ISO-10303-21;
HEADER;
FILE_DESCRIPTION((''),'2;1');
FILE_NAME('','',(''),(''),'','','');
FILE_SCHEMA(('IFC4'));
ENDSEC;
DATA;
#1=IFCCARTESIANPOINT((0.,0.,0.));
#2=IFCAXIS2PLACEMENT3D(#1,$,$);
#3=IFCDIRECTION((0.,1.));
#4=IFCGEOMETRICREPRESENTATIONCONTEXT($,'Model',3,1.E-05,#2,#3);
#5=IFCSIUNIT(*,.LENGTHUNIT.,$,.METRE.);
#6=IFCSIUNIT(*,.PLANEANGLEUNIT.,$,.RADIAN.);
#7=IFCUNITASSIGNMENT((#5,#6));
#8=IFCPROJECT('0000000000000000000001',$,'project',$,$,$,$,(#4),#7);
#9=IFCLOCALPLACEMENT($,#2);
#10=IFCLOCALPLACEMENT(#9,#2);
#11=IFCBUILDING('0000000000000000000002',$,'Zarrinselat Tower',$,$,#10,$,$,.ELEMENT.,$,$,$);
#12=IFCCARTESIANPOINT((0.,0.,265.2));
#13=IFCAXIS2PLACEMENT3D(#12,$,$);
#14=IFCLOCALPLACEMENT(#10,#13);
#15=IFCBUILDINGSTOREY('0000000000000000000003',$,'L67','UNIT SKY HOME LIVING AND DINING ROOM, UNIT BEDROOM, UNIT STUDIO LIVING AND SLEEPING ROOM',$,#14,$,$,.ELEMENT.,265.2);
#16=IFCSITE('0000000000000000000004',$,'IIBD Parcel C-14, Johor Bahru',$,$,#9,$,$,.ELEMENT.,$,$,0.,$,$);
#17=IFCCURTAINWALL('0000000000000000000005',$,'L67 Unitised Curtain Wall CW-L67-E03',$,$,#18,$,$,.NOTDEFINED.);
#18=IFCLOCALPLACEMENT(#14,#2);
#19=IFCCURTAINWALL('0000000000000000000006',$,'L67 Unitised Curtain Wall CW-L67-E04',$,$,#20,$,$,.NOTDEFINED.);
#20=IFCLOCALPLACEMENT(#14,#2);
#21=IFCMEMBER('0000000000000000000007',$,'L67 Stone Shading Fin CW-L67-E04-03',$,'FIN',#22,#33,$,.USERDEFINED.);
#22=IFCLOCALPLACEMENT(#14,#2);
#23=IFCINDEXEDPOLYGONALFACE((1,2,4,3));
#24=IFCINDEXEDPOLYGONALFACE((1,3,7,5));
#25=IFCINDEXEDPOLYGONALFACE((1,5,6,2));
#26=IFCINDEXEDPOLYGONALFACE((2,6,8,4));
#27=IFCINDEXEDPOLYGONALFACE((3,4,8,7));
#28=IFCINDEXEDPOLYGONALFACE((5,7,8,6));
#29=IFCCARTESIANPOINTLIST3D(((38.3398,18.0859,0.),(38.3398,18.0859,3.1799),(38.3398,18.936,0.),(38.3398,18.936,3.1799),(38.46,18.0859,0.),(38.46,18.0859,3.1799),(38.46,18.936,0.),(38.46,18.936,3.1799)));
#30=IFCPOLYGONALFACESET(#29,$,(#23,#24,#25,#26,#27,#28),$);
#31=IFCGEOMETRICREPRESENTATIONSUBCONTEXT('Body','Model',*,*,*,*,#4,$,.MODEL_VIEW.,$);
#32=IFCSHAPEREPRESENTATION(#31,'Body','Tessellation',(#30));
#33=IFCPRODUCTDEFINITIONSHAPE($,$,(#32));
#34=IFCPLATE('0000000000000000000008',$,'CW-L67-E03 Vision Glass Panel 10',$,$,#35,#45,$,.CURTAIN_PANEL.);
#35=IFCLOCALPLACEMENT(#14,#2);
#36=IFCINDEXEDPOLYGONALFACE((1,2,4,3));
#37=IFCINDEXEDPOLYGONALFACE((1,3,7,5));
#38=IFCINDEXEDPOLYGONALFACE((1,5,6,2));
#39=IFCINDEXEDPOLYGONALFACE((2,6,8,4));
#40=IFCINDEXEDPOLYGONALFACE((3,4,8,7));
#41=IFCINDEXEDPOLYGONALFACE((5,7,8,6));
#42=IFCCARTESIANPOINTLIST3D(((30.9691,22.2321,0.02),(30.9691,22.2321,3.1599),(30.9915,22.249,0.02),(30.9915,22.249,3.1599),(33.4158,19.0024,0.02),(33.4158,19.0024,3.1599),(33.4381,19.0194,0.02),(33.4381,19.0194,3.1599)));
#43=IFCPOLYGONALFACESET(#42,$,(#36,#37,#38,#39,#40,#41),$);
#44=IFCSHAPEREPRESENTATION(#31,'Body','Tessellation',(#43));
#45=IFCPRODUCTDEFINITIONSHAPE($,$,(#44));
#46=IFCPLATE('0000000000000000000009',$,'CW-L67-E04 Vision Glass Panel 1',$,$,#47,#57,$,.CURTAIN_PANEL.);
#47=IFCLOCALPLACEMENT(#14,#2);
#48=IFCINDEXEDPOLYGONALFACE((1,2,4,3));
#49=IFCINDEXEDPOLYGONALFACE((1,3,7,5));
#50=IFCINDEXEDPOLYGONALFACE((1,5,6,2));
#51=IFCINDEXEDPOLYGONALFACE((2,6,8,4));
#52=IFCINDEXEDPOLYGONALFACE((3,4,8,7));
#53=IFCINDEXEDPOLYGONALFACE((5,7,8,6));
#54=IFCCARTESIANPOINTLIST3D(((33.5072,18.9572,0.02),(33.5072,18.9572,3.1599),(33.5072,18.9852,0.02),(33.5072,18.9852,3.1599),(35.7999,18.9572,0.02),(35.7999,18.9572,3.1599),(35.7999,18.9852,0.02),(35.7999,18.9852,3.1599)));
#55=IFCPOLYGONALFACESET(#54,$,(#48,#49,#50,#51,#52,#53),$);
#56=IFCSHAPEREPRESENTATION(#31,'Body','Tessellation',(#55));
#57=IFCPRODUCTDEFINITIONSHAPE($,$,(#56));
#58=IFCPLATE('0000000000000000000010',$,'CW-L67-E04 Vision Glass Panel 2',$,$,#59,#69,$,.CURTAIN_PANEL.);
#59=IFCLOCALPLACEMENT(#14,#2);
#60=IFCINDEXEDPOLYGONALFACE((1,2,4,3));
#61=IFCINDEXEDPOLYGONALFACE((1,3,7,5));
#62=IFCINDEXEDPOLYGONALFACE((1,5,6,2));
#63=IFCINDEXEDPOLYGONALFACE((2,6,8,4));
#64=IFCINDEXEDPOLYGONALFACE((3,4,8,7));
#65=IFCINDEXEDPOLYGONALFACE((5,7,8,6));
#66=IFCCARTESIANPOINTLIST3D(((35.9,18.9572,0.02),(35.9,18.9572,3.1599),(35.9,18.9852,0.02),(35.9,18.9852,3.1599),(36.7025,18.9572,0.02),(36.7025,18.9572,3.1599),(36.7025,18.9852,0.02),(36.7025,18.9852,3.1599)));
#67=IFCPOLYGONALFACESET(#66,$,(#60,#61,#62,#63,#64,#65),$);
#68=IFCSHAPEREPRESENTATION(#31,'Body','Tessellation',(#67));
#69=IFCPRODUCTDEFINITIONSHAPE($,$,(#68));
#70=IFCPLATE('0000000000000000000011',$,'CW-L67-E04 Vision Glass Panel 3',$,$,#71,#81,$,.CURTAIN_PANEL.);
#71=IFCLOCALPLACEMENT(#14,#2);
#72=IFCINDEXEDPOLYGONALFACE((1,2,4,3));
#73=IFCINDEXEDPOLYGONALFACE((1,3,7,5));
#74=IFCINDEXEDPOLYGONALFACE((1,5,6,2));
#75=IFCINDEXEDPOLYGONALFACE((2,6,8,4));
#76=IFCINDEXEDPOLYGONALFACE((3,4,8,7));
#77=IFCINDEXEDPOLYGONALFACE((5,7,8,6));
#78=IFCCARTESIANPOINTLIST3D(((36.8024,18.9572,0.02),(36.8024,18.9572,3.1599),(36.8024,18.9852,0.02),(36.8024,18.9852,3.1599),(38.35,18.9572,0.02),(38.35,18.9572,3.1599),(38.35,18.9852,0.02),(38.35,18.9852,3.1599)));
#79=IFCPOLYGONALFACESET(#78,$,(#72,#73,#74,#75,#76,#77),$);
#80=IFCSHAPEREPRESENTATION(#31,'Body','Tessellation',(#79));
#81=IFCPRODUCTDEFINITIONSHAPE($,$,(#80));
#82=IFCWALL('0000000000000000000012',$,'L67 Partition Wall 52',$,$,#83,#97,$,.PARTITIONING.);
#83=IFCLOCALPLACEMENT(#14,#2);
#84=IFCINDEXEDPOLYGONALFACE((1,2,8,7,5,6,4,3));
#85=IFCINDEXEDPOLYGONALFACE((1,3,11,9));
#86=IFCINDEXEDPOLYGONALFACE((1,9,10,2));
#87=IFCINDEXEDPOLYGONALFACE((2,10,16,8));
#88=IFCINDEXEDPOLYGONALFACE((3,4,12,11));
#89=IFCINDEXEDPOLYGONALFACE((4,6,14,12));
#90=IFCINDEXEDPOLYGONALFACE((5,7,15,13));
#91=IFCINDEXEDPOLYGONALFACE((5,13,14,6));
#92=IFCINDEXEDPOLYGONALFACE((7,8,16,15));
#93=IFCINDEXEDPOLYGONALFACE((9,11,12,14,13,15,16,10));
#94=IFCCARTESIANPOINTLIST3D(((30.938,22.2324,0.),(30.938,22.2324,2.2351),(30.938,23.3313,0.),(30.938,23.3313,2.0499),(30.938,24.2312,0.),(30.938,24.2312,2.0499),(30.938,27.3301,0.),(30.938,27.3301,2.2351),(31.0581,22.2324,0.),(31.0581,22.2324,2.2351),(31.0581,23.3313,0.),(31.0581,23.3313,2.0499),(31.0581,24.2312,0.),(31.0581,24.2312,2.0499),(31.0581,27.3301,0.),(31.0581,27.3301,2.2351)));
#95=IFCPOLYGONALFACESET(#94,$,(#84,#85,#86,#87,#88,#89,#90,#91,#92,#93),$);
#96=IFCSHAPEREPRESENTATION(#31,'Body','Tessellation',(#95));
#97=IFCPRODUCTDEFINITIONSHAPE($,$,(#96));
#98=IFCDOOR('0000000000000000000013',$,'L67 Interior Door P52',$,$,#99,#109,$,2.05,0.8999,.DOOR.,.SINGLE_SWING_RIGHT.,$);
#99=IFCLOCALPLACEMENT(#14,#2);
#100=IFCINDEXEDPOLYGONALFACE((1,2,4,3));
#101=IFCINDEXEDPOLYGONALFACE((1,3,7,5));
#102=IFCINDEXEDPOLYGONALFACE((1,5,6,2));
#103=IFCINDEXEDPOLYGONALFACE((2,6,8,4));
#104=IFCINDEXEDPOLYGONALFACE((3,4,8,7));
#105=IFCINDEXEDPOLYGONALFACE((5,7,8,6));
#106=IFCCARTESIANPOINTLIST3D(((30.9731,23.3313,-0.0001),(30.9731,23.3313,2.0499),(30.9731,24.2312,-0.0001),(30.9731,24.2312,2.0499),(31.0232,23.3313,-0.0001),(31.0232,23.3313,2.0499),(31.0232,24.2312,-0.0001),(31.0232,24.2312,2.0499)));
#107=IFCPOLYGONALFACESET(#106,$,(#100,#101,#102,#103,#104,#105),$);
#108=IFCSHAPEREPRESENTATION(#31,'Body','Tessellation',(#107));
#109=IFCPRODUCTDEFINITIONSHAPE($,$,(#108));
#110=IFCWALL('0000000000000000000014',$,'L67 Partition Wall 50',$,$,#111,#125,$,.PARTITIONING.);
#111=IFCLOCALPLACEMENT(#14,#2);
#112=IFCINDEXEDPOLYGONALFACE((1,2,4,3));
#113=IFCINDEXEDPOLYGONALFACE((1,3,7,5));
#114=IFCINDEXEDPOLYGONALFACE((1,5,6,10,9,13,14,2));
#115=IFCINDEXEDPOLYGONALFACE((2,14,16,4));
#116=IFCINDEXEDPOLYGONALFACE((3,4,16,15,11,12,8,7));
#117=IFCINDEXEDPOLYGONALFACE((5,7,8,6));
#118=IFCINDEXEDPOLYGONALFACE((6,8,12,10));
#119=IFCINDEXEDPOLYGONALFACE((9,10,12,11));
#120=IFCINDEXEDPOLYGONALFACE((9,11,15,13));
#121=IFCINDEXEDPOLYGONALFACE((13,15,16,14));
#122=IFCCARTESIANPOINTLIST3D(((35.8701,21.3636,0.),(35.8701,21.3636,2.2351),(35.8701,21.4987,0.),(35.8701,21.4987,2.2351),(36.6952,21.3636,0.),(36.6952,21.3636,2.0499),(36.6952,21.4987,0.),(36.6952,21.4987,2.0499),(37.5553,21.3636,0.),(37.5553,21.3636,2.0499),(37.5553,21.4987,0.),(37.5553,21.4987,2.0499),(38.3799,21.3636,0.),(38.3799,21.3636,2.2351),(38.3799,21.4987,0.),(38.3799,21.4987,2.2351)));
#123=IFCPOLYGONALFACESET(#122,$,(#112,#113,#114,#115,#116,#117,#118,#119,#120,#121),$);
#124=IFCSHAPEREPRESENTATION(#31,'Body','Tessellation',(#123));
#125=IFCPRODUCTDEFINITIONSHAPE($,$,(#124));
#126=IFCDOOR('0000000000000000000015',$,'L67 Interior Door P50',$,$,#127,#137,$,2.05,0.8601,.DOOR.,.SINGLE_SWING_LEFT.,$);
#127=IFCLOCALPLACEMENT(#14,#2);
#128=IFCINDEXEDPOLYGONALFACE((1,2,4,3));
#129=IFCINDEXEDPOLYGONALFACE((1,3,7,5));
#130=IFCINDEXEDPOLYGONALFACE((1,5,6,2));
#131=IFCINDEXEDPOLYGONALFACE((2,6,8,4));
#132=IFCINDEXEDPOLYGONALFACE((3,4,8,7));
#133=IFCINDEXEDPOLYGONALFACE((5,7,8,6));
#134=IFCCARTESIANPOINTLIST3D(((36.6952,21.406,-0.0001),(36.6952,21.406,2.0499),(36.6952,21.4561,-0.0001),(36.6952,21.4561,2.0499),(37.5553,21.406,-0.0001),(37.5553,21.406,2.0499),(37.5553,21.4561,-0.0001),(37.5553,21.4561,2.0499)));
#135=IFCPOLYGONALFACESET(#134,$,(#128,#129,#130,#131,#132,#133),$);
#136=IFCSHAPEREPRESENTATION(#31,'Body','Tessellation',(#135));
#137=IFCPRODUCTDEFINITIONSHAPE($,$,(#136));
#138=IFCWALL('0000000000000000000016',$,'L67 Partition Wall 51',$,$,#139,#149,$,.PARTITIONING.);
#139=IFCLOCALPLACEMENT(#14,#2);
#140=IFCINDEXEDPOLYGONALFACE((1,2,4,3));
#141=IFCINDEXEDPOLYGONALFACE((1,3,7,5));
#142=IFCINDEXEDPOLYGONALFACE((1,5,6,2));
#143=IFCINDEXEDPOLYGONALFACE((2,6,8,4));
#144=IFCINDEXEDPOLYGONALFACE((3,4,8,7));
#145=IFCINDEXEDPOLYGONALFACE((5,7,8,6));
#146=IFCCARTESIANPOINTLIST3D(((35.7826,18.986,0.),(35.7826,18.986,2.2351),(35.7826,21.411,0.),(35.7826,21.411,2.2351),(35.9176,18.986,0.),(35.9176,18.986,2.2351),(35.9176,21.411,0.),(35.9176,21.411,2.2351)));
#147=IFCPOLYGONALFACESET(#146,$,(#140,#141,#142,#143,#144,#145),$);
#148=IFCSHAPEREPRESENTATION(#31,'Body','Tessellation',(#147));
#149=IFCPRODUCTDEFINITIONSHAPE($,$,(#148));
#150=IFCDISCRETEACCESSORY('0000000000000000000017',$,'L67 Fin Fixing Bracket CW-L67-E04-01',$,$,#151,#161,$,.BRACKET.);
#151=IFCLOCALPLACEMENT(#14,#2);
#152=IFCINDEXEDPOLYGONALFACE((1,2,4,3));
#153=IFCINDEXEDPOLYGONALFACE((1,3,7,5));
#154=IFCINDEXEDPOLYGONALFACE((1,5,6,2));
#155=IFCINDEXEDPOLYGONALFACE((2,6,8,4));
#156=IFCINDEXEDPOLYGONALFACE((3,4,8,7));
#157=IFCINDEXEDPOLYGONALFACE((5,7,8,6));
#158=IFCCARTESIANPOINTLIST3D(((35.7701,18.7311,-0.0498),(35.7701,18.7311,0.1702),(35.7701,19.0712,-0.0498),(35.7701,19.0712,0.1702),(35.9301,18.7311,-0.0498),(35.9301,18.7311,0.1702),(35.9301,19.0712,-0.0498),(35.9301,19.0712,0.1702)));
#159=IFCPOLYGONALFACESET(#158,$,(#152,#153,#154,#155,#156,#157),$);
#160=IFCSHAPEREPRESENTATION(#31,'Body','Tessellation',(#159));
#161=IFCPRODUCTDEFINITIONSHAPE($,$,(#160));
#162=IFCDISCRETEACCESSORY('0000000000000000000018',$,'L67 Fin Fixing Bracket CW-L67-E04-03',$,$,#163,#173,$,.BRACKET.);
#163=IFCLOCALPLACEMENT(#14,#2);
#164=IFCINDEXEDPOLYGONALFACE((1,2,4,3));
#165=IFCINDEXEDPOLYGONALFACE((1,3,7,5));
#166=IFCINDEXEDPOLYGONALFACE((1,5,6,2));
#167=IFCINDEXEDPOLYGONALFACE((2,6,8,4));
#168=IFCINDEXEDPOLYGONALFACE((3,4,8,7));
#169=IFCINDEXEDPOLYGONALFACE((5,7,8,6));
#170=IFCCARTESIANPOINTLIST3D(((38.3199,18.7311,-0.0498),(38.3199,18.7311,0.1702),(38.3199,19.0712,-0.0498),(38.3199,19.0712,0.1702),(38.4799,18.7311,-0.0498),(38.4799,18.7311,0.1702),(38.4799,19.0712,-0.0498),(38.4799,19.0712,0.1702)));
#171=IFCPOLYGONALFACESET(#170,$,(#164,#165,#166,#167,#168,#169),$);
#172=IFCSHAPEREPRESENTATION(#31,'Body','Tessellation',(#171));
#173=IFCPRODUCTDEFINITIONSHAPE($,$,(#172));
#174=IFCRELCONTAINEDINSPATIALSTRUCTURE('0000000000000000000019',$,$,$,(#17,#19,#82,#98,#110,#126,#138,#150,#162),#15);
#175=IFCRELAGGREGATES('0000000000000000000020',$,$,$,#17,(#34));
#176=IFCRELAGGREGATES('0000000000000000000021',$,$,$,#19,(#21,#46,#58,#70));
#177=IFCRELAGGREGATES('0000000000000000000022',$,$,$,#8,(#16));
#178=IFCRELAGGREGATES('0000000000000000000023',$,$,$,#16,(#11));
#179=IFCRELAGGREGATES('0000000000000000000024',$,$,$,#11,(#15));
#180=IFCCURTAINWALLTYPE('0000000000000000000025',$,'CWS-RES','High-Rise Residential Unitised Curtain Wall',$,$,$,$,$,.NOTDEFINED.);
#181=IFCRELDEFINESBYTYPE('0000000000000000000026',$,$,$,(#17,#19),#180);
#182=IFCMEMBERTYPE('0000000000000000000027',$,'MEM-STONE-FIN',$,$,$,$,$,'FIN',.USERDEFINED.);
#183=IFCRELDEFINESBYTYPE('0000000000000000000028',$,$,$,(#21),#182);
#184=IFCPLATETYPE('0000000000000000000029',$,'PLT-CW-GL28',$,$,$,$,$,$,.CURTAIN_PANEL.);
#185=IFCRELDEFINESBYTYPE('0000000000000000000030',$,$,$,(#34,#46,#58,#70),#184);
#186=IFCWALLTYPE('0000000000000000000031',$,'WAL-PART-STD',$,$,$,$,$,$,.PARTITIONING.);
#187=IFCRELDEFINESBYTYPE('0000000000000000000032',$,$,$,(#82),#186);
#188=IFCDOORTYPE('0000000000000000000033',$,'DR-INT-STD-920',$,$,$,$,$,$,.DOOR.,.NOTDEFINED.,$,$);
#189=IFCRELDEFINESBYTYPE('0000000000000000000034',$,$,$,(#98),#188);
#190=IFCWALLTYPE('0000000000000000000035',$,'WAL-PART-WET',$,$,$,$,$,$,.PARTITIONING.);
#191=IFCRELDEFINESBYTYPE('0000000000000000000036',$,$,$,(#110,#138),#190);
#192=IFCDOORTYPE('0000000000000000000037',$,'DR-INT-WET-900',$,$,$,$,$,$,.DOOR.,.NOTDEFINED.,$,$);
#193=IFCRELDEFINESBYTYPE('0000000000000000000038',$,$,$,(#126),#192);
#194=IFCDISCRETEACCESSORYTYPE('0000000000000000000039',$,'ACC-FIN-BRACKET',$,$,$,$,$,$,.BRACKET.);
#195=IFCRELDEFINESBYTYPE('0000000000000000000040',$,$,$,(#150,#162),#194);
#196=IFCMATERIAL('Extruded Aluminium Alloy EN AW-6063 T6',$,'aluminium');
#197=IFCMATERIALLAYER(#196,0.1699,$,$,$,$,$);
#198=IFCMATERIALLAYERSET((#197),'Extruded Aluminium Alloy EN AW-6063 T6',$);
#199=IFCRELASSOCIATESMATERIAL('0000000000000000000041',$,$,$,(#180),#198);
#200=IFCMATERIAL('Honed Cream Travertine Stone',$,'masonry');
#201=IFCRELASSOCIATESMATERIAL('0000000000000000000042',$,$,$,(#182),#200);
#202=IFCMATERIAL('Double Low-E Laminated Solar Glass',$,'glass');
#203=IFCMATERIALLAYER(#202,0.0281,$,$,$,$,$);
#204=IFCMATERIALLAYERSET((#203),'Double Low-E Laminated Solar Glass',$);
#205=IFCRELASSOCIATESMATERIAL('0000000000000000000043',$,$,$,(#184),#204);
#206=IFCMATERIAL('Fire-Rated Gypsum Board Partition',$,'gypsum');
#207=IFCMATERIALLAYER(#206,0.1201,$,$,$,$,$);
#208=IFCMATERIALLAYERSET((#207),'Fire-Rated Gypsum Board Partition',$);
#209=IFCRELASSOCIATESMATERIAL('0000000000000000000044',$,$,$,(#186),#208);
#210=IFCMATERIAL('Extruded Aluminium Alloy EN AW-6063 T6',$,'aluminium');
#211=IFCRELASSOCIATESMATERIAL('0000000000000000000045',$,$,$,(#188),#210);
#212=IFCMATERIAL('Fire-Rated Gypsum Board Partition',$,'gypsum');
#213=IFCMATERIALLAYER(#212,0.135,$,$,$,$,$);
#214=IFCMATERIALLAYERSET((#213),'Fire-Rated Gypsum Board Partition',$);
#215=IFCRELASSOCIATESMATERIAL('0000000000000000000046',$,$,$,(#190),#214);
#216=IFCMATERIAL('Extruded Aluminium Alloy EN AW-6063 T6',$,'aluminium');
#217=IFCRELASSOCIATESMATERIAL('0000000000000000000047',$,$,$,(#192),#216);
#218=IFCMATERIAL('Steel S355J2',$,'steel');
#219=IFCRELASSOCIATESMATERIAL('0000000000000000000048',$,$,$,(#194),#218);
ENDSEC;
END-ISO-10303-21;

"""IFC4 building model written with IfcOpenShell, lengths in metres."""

from ifc_helpers import new_model, si_unit, direction, frame, frame_2d, origin, origin_2d, place, context, subcontext, project, spatial, rectangle, extrude, material, layer, layer_set, material_profile, profile_set, type_object, element, fill, aggregate, save


model = new_model("IFC4")

# Units and contexts
model_context = context("Model", 3, precision=1e-05, world=origin(), true_north=direction((0.0, 1.0)))
body_context = subcontext(model_context, "Body", "Model", "MODEL_VIEW")
ifc_project = project(units=[si_unit("LENGTHUNIT", "METRE"), si_unit("PLANEANGLEUNIT", "RADIAN")], contexts=[model_context])

# Site, building, storey
site_placement = place(None, origin())
site = spatial("IfcSite", under=ifc_project, at=site_placement, Name="IIBD Parcel C-14, Johor Bahru", CompositionType="ELEMENT", RefElevation=0.0)
building_placement = place(site_placement, origin())
building = spatial("IfcBuilding", under=site, at=building_placement, Name="Zarrinselat Tower", CompositionType="ELEMENT")
storey_placement = place(building_placement, frame((0.0, 0.0, 265.2)))
storey = spatial("IfcBuildingStorey", under=building, at=storey_placement, Name="L67", Description="UNIT SKY HOME LIVING AND DINING ROOM, UNIT BEDROOM, UNIT STUDIO LIVING AND SLEEPING ROOM", CompositionType="ELEMENT", Elevation=265.2)

# Curtain wall
ifc_material_1 = material(Name="Extruded Aluminium Alloy EN AW-6063 T6", Category="aluminium")
ifc_layer_1 = layer(ifc_material_1, 0.1699)
ifc_layer_set_1 = layer_set([ifc_layer_1], Name="Extruded Aluminium Alloy EN AW-6063 T6")
curtain_wall_type = type_object("IfcCurtainWallType", Name="CWS-RES", Description="High-Rise Residential Unitised Curtain Wall", PredefinedType="NOTDEFINED", material=ifc_layer_set_1)
curtain_wall_1_placement = place(storey_placement, origin())
curtain_wall_1 = element("IfcCurtainWall", 1, at=curtain_wall_1_placement, inside=storey, type_object=curtain_wall_type, Name="L67 Unitised Curtain Wall CW-L67-E03", PredefinedType="NOTDEFINED")

# Curtain wall
curtain_wall_2_placement = place(storey_placement, origin())
curtain_wall_2 = element("IfcCurtainWall", 2, at=curtain_wall_2_placement, inside=storey, type_object=curtain_wall_type, Name="L67 Unitised Curtain Wall CW-L67-E04", PredefinedType="NOTDEFINED")

# Member
ifc_material_2 = material(Name="Honed Cream Travertine Stone", Category="masonry")
ifc_material_profile_1 = material_profile(ifc_material_2, rectangle(XDim=0.1201, YDim=0.8501, at=origin_2d()), Name="FIN 850x120")
ifc_profile_set_1 = profile_set([ifc_material_profile_1], Name="Honed Cream Travertine Stone")
member_type_1 = type_object("IfcMemberType", Name="MEM-STONE-FIN", ElementType="FIN", PredefinedType="USERDEFINED", material=ifc_profile_set_1)
member_1_placement = place(storey_placement, frame((38.3999, 18.511, 0.0), z_axis=(0.0, 0.0, 1.0), x_axis=(-1.0, 0.0, 0.0)))
member_1 = element("IfcMember", 3, at=member_1_placement, type_object=member_type_1, Name="L67 Stone Shading Fin CW-L67-E04-03", ObjectType="FIN", PredefinedType="USERDEFINED", context=body_context, shape_type="SweptSolid", body=[
    extrude(rectangle(XDim=0.1201, YDim=0.8501, at=origin_2d()), origin(), (0.0, 0.0, 1.0), 3.1799),
])

# Plates
ifc_material_3 = material(Name="Double Low-E Laminated Solar Glass", Category="glass")
ifc_layer_2 = layer(ifc_material_3, 0.0281)
ifc_layer_set_2 = layer_set([ifc_layer_2], Name="Double Low-E Laminated Solar Glass")
plate_type = type_object("IfcPlateType", Name="PLT-CW-GL28", PredefinedType="CURTAIN_PANEL", material=ifc_layer_set_2)
plate_1_placement = place(storey_placement, frame((32.2036, 20.6257, 0.02), z_axis=(0.0, 0.0, 1.0), x_axis=(0.603858, -0.797092, 0.0)))
plate_1 = element("IfcPlate", 4, at=plate_1_placement, type_object=plate_type, Name="CW-L67-E03 Vision Glass Panel 10", PredefinedType="CURTAIN_PANEL", context=body_context, shape_type="SweptSolid", body=[
    extrude(rectangle(XDim=4.0518, YDim=0.0281, at=origin_2d()), origin(), (0.0, 0.0, 1.0), 3.1399),
])
aggregate(curtain_wall_1, [plate_1])
plate_2_placement = place(storey_placement, frame((34.6536, 18.9712, 0.02), z_axis=(0.0, 0.0, 1.0), x_axis=(1.0, 0.0, 0.0)))
plate_2 = element("IfcPlate", 5, at=plate_2_placement, type_object=plate_type, Name="CW-L67-E04 Vision Glass Panel 1", PredefinedType="CURTAIN_PANEL", context=body_context, shape_type="SweptSolid", body=[
    extrude(rectangle(XDim=2.2927, YDim=0.0281, at=origin_2d()), origin(), (0.0, 0.0, 1.0), 3.1399),
])
plate_3_placement = place(storey_placement, frame((36.3013, 18.9712, 0.02), z_axis=(0.0, 0.0, 1.0), x_axis=(1.0, 0.0, 0.0)))
plate_3 = element("IfcPlate", 6, at=plate_3_placement, type_object=plate_type, Name="CW-L67-E04 Vision Glass Panel 2", PredefinedType="CURTAIN_PANEL", context=body_context, shape_type="SweptSolid", body=[
    extrude(rectangle(XDim=0.8025, YDim=0.0281, at=origin_2d()), origin(), (0.0, 0.0, 1.0), 3.1399),
])
plate_4_placement = place(storey_placement, frame((37.5762, 18.9712, 0.02), z_axis=(0.0, 0.0, 1.0), x_axis=(1.0, 0.0, 0.0)))
plate_4 = element("IfcPlate", 7, at=plate_4_placement, type_object=plate_type, Name="CW-L67-E04 Vision Glass Panel 3", PredefinedType="CURTAIN_PANEL", context=body_context, shape_type="SweptSolid", body=[
    extrude(rectangle(XDim=1.5476, YDim=0.0281, at=origin_2d()), origin(), (0.0, 0.0, 1.0), 3.1399),
])
aggregate(curtain_wall_2, [member_1, plate_2, plate_3, plate_4])

# Walls, openings, doors
ifc_material_4 = material(Name="Fire-Rated Gypsum Board Partition", Category="gypsum")
ifc_layer_3 = layer(ifc_material_4, 0.1201)
ifc_layer_set_3 = layer_set([ifc_layer_3], Name="Fire-Rated Gypsum Board Partition")
wall_type_1 = type_object("IfcWallType", Name="WAL-PART-STD", PredefinedType="PARTITIONING", material=ifc_layer_set_3)
wall_1_placement = place(storey_placement, frame((30.998, 22.2324, 0.0), z_axis=(0.0, 0.0, 1.0), x_axis=(0.0, 1.0, 0.0)))
wall_1 = element("IfcWall", 8, at=wall_1_placement, inside=storey, type_object=wall_type_1, Name="L67 Partition Wall 52", PredefinedType="PARTITIONING", context=body_context, shape_type="SweptSolid", body=[
    extrude(rectangle(XDim=5.0977, YDim=0.1201, at=frame_2d((2.5488, 0.0))), origin(), (0.0, 0.0, 1.0), 2.2351),
])
opening_1_placement = place(wall_1_placement, frame((1.0989, 0.0, 0.0)))
opening_1 = element("IfcOpeningElement", 9, at=opening_1_placement, cuts=wall_1, PredefinedType="OPENING", context=body_context, shape_type="SweptSolid", body=[
    extrude(rectangle(XDim=0.8999, YDim=2.05, at=frame_2d((0.45, 1.0249))), frame((0.0, 0.0701, 0.0), z_axis=(0.0, -1.0, 0.0), x_axis=(1.0, 0.0, 0.0)), (0.0, 0.0, 1.0), 0.1401),
])
ifc_material_5 = material(Name="Extruded Aluminium Alloy EN AW-6063 T6", Category="aluminium")
door_type_1 = type_object("IfcDoorType", Name="DR-INT-STD-920", OperationType="NOTDEFINED", PredefinedType="DOOR", material=ifc_material_5)
door_1_placement = place(opening_1_placement, origin())
door_1 = element("IfcDoor", 10, at=door_1_placement, inside=storey, type_object=door_type_1, Name="L67 Interior Door P52", OperationType="SINGLE_SWING_RIGHT", OverallHeight=2.05, OverallWidth=0.8999, PredefinedType="DOOR", context=body_context, shape_type="SweptSolid", body=[
    extrude(rectangle(XDim=0.8999, YDim=2.05, at=frame_2d((0.45, 1.0249))), frame((0.0, 0.0249, 0.0), z_axis=(0.0, -1.0, 0.0), x_axis=(1.0, 0.0, 0.0)), (0.0, 0.0, 1.0), 0.05),
])
fill(opening_1, door_1)
ifc_material_6 = material(Name="Fire-Rated Gypsum Board Partition", Category="gypsum")
ifc_layer_4 = layer(ifc_material_6, 0.135)
ifc_layer_set_4 = layer_set([ifc_layer_4], Name="Fire-Rated Gypsum Board Partition")
wall_type_2 = type_object("IfcWallType", Name="WAL-PART-WET", PredefinedType="PARTITIONING", material=ifc_layer_set_4)
wall_2_placement = place(storey_placement, frame((35.8701, 21.4312, 0.0), z_axis=(0.0, 0.0, 1.0), x_axis=(1.0, 0.0, 0.0)))
wall_2 = element("IfcWall", 11, at=wall_2_placement, inside=storey, type_object=wall_type_2, Name="L67 Partition Wall 50", PredefinedType="PARTITIONING", context=body_context, shape_type="SweptSolid", body=[
    extrude(rectangle(XDim=2.5098, YDim=0.135, at=frame_2d((1.2549, 0.0))), origin(), (0.0, 0.0, 1.0), 2.2351),
])
opening_2_placement = place(wall_2_placement, frame((0.825, 0.0, 0.0)))
opening_2 = element("IfcOpeningElement", 12, at=opening_2_placement, cuts=wall_2, PredefinedType="OPENING", context=body_context, shape_type="SweptSolid", body=[
    extrude(rectangle(XDim=0.8601, YDim=2.05, at=frame_2d((0.4302, 1.0249))), frame((0.0, 0.0774, 0.0), z_axis=(0.0, -1.0, 0.0), x_axis=(1.0, 0.0, 0.0)), (0.0, 0.0, 1.0), 0.155),
])
ifc_material_7 = material(Name="Extruded Aluminium Alloy EN AW-6063 T6", Category="aluminium")
door_type_2 = type_object("IfcDoorType", Name="DR-INT-WET-900", OperationType="NOTDEFINED", PredefinedType="DOOR", material=ifc_material_7)
door_2_placement = place(opening_2_placement, origin())
door_2 = element("IfcDoor", 13, at=door_2_placement, inside=storey, type_object=door_type_2, Name="L67 Interior Door P50", OperationType="SINGLE_SWING_LEFT", OverallHeight=2.05, OverallWidth=0.8601, PredefinedType="DOOR", context=body_context, shape_type="SweptSolid", body=[
    extrude(rectangle(XDim=0.8601, YDim=2.05, at=frame_2d((0.4302, 1.0249))), frame((0.0, 0.0249, 0.0), z_axis=(0.0, -1.0, 0.0), x_axis=(1.0, 0.0, 0.0)), (0.0, 0.0, 1.0), 0.05),
])
fill(opening_2, door_2)

# Wall
wall_3_placement = place(storey_placement, frame((35.8501, 18.9861, 0.0), z_axis=(0.0, 0.0, 1.0), x_axis=(0.0, 1.0, 0.0)))
element("IfcWall", 14, at=wall_3_placement, inside=storey, type_object=wall_type_2, Name="L67 Partition Wall 51", PredefinedType="PARTITIONING", context=body_context, shape_type="SweptSolid", body=[
    extrude(rectangle(XDim=2.425, YDim=0.135, at=frame_2d((1.2124, 0.0))), origin(), (0.0, 0.0, 1.0), 2.2351),
])

# Discrete accessories
ifc_material_8 = material(Name="Steel S355J2", Category="steel")
discrete_accessory_type = type_object("IfcDiscreteAccessoryType", Name="ACC-FIN-BRACKET", PredefinedType="BRACKET", material=ifc_material_8)
for number, where, z_axis, x_axis, name in (
    (15, (35.8501, 18.9011, -0.0498), (0.0, 0.0, 1.0), (0.0, -1.0, 0.0), "L67 Fin Fixing Bracket CW-L67-E04-01"),
    (16, (38.3999, 18.9011, -0.0498), (0.0, 0.0, 1.0), (0.0, -1.0, 0.0), "L67 Fin Fixing Bracket CW-L67-E04-03"),
):
    element("IfcDiscreteAccessory", number, at=place(storey_placement, frame(where, z_axis=z_axis, x_axis=x_axis)), inside=storey, type_object=discrete_accessory_type, Name=name, PredefinedType="BRACKET", context=body_context, shape_type="SweptSolid", body=[
        extrude(rectangle(XDim=0.3401, YDim=0.1599, at=origin_2d()), origin(), (0.0, 0.0, 1.0), 0.22),
    ])

save(model, "model.ifc")
